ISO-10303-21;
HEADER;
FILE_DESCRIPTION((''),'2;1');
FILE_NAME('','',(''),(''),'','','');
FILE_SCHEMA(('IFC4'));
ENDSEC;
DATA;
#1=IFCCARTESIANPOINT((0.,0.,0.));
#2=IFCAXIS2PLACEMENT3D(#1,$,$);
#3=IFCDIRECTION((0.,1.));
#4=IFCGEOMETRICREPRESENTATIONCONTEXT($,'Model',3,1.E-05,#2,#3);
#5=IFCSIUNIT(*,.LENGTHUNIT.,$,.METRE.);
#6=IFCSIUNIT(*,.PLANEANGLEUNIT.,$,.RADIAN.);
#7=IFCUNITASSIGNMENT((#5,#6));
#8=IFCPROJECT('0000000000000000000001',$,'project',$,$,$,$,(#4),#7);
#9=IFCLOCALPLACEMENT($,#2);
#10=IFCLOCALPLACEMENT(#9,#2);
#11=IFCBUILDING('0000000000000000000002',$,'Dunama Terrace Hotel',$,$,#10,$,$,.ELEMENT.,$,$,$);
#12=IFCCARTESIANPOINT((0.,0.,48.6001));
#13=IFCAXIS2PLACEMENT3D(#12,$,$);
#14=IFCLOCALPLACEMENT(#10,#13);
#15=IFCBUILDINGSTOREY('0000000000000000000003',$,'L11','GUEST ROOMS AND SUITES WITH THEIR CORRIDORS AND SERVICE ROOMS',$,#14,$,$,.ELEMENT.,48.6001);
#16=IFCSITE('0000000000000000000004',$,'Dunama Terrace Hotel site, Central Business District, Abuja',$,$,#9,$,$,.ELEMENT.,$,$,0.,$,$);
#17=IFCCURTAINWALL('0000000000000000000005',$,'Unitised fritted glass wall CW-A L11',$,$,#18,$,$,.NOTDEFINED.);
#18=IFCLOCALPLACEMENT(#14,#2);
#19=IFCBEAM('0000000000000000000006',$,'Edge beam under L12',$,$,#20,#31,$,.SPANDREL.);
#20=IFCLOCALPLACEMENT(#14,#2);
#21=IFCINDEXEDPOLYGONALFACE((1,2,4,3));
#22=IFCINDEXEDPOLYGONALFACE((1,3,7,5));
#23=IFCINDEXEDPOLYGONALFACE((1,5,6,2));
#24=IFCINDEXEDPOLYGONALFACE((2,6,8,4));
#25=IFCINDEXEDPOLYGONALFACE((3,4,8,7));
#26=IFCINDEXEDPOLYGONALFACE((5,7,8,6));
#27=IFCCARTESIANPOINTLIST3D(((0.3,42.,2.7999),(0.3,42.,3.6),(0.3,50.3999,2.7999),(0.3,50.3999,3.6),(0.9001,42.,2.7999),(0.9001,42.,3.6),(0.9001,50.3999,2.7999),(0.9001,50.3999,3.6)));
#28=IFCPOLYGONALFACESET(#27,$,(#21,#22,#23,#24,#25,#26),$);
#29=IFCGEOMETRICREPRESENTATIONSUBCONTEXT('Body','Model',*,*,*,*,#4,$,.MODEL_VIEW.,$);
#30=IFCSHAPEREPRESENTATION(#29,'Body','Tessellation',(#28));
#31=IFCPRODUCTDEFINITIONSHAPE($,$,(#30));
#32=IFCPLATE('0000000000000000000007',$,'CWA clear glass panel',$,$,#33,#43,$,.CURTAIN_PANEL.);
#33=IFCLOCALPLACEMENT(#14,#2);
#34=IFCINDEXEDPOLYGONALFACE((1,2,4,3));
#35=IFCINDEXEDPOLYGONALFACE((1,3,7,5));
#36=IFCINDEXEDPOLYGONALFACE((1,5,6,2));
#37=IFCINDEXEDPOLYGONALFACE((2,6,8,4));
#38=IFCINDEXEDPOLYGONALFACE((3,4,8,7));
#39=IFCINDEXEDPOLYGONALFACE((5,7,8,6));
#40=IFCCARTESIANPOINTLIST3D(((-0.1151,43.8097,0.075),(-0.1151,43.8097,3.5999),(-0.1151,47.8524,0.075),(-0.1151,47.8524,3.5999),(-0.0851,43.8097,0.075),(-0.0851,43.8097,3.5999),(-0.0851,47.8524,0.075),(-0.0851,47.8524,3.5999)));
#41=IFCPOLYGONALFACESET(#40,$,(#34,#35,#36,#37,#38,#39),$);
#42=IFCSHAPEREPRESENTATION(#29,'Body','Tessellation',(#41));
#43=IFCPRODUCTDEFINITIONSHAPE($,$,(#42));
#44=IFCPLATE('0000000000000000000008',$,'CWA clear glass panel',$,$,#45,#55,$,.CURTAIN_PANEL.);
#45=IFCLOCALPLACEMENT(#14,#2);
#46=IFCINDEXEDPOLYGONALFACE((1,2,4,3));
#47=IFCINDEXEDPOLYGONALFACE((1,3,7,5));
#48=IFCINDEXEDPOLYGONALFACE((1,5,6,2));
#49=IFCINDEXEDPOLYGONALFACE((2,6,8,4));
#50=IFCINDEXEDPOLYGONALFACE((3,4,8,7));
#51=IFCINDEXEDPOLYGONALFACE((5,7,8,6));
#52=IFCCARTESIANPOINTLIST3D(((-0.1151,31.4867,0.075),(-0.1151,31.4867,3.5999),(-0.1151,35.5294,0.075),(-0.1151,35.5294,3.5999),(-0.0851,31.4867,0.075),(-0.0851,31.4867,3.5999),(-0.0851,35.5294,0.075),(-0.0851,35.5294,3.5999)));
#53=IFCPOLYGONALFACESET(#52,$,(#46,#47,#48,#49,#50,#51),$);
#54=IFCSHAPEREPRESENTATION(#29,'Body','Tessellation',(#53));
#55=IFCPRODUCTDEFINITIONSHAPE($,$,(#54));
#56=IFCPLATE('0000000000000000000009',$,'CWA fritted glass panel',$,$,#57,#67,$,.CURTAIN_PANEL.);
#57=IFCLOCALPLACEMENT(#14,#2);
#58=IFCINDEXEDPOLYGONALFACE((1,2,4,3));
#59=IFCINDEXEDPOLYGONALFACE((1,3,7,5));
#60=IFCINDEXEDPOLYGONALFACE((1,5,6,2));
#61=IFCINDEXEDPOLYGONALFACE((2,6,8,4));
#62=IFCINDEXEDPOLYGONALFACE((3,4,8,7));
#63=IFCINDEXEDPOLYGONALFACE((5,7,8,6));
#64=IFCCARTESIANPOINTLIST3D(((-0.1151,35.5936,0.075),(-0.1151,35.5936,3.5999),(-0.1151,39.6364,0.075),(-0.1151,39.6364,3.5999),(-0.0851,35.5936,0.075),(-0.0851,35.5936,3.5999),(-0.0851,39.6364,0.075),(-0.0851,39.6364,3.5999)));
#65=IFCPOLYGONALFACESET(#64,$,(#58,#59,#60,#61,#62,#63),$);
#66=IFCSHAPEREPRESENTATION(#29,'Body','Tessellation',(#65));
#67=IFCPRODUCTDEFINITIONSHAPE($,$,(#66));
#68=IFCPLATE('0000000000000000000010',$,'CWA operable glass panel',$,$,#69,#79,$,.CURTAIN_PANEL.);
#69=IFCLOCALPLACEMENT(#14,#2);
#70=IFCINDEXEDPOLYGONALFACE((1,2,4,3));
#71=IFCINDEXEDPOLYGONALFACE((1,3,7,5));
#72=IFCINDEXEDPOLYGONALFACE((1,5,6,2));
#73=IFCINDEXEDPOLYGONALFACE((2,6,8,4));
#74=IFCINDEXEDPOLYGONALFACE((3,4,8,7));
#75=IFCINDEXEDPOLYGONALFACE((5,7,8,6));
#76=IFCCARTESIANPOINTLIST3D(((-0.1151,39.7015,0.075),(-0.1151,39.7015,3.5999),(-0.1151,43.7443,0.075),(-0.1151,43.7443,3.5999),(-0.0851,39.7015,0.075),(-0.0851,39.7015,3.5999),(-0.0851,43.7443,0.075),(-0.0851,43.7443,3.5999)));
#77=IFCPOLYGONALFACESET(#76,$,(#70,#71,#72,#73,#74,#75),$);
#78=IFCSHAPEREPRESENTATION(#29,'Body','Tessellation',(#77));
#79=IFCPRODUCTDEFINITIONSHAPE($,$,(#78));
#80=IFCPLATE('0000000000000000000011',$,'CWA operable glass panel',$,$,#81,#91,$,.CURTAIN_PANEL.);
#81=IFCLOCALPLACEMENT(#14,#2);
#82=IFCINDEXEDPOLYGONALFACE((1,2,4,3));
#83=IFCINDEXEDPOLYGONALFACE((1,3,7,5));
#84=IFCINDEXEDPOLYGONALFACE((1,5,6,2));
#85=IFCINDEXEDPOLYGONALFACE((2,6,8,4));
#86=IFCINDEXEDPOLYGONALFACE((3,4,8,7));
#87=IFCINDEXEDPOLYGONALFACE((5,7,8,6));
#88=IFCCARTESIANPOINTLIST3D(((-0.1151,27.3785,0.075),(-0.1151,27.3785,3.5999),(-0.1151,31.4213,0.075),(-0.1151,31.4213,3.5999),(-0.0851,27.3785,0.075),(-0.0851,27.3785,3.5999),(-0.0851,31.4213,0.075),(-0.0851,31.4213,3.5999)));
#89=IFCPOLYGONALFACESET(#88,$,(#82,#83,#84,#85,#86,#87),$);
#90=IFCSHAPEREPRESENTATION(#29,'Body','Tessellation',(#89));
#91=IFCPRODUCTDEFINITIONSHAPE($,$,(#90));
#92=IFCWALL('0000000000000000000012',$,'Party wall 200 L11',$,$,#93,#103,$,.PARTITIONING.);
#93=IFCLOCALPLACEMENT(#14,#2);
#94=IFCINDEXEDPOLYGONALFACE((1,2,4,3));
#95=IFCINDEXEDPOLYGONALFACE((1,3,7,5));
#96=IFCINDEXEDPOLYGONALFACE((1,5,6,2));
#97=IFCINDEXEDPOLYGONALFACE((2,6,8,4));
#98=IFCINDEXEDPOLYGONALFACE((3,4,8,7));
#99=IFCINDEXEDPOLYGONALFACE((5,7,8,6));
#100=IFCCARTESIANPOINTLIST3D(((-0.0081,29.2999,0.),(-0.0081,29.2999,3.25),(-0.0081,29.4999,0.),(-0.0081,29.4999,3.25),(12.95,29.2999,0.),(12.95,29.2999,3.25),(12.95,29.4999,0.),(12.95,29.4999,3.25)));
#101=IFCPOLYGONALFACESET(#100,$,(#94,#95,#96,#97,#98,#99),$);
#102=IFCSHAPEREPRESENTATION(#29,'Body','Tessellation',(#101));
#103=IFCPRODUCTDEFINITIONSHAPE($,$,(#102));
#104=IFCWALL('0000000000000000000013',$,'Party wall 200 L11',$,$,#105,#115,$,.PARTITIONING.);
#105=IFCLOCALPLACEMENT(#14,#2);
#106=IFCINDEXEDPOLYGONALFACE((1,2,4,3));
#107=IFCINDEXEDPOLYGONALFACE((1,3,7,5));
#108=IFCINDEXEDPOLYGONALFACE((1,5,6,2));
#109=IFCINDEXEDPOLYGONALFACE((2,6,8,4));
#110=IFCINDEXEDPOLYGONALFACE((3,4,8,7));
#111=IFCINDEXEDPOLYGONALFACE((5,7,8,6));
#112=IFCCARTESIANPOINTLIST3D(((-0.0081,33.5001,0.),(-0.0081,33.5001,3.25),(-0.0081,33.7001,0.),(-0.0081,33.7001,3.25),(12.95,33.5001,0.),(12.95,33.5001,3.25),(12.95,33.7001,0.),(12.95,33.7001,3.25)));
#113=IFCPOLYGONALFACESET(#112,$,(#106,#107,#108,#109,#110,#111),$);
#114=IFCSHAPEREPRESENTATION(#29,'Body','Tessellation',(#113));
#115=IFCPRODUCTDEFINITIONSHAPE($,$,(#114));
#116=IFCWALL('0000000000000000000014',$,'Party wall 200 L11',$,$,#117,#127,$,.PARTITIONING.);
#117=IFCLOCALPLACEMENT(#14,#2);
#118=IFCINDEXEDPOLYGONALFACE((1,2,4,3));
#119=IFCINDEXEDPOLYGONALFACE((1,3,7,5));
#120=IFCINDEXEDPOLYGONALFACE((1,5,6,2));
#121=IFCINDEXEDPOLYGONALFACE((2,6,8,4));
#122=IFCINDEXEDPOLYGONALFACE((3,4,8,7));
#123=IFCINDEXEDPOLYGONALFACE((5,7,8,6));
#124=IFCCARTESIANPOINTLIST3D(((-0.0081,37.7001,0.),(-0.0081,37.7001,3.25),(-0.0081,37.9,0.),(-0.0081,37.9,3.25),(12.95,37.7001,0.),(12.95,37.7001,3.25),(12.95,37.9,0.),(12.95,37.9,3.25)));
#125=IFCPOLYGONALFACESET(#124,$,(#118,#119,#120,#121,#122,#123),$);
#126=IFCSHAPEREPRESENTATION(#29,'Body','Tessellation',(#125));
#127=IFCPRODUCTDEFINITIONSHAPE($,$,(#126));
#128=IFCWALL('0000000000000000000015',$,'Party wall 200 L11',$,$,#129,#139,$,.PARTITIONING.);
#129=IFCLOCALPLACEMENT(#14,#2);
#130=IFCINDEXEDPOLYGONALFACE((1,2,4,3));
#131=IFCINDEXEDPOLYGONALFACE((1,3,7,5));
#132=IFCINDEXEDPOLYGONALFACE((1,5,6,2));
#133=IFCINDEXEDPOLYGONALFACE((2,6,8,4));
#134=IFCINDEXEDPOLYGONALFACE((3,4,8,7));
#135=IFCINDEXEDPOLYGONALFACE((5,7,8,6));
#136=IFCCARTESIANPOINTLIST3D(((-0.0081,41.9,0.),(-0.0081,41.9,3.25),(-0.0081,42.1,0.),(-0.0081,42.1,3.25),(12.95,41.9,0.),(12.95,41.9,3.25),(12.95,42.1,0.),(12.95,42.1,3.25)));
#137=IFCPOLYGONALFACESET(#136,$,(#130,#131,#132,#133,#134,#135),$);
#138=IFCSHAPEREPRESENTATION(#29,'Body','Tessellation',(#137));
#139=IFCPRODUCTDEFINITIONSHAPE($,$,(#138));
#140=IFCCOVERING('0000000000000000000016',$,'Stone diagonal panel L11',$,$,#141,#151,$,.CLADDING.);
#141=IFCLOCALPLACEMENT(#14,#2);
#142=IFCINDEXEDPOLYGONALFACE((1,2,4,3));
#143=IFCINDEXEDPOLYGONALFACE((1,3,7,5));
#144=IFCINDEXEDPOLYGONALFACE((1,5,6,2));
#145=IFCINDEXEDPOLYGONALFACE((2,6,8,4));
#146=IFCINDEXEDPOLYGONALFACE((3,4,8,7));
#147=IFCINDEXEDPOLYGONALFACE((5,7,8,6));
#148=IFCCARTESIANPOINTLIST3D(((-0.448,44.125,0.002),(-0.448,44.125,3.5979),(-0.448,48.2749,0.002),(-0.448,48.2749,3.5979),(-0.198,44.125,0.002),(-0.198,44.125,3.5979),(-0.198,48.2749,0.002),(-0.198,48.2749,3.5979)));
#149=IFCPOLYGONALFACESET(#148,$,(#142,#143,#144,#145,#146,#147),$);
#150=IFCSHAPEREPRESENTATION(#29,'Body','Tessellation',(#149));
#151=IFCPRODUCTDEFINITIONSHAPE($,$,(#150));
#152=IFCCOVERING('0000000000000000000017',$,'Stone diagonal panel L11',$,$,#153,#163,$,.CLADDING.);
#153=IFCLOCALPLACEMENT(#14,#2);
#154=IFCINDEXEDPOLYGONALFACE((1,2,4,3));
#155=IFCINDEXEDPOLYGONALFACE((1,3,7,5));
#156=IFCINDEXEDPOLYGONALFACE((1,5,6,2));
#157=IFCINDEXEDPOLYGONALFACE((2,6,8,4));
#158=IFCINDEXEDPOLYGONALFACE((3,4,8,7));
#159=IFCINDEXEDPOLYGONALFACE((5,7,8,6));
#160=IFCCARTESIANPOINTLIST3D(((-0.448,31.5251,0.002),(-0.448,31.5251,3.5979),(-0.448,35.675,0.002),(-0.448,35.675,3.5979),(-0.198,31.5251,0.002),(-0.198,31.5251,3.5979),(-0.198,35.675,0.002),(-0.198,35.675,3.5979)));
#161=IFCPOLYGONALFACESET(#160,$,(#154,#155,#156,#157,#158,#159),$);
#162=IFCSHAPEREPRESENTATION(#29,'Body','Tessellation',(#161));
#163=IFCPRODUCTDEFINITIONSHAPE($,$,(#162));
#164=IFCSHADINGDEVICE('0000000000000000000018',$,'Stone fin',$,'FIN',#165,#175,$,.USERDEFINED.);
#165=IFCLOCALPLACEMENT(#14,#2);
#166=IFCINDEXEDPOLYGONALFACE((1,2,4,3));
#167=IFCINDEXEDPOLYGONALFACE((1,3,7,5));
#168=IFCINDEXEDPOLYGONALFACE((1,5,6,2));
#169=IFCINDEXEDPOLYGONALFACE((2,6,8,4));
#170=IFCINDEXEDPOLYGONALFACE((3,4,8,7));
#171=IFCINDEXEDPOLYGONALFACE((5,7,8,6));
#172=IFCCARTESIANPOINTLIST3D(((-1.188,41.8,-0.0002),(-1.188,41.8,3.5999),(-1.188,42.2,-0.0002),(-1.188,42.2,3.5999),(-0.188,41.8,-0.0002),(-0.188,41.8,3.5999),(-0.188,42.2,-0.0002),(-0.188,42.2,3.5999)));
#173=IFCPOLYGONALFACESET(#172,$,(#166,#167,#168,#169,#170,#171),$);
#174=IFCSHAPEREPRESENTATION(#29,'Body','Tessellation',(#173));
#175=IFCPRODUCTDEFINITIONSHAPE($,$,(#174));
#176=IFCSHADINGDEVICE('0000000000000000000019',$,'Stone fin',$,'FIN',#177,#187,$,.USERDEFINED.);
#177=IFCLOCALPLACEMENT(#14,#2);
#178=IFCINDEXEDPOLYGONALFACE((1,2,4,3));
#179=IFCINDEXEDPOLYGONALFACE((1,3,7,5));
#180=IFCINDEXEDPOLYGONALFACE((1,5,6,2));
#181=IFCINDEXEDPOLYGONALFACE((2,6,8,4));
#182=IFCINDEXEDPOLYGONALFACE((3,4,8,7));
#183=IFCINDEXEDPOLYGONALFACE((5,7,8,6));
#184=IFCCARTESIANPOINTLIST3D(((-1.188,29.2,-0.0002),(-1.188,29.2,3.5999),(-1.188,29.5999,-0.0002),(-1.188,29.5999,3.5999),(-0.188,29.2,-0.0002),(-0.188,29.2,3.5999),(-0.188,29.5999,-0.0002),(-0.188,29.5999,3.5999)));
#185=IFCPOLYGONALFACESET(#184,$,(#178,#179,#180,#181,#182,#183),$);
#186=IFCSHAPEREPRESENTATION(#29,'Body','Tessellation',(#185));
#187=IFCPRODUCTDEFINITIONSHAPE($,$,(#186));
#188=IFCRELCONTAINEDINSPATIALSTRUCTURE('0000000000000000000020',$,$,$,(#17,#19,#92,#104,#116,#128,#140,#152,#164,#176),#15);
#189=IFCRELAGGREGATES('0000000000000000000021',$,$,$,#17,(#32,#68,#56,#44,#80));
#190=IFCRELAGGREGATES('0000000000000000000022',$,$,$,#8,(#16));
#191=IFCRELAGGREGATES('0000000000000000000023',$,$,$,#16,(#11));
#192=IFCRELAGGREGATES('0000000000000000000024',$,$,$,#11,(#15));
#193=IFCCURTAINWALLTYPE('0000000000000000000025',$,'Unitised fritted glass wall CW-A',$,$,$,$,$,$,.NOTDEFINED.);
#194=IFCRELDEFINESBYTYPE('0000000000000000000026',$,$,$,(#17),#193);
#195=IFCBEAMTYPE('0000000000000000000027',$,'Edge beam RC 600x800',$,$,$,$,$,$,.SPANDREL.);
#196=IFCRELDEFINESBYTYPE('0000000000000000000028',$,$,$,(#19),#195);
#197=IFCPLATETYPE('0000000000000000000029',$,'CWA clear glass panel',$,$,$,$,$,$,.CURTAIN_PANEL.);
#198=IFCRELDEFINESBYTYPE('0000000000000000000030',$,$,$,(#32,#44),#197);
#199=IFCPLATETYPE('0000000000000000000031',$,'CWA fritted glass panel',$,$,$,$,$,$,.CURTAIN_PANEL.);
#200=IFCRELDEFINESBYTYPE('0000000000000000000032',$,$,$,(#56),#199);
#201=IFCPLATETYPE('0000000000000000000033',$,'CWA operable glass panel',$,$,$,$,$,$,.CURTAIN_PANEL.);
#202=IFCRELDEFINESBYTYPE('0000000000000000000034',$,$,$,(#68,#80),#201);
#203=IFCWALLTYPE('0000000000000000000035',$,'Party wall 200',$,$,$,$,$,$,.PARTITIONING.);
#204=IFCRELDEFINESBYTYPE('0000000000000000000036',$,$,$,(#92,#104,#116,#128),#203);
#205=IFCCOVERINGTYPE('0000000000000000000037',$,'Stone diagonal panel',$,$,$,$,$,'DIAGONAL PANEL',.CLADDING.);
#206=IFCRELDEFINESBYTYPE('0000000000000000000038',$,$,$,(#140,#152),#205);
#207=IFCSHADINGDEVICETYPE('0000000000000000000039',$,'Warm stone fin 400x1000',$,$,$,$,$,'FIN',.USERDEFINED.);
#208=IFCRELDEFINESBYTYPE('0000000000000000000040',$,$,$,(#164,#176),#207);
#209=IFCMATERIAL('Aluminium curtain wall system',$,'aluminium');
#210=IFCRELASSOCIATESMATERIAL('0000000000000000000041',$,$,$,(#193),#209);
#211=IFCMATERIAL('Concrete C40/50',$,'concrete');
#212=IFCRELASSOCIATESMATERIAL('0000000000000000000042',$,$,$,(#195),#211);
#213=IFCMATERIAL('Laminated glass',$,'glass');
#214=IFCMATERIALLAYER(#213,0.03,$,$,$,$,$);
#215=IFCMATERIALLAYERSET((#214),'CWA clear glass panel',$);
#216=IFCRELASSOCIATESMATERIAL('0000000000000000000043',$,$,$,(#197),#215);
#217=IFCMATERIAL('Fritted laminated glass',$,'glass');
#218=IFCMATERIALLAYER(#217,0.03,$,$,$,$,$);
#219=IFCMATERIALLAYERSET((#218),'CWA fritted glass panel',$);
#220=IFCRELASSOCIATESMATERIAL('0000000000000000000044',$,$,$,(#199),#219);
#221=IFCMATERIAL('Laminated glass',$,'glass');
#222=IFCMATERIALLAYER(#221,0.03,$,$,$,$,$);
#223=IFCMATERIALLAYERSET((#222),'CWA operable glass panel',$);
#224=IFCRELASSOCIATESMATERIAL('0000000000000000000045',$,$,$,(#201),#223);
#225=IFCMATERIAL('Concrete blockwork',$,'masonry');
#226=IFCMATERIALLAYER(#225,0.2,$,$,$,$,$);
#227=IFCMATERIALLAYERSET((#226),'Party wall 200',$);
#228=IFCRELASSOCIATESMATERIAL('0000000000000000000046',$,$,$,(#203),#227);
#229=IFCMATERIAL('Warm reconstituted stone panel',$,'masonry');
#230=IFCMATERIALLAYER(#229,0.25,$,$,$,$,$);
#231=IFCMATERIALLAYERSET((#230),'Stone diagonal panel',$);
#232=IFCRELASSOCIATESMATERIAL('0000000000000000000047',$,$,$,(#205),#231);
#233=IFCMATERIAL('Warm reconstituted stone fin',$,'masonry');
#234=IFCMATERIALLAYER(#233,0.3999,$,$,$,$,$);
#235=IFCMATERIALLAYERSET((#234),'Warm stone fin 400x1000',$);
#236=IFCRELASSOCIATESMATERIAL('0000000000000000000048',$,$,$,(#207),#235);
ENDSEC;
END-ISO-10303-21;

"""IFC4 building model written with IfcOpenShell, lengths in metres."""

from ifc_helpers import new_model, si_unit, direction, frame, frame_2d, origin, origin_2d, place, context, subcontext, project, spatial, rectangle, extrude, material, layer, layer_set, material_profile, profile_set, type_object, element, aggregate, save


model = new_model("IFC4")

# Units and contexts
model_context = context("Model", 3, precision=1e-05, world=origin(), true_north=direction((0.0, 1.0)))
body_context = subcontext(model_context, "Body", "Model", "MODEL_VIEW")
ifc_project = project(units=[si_unit("LENGTHUNIT", "METRE"), si_unit("PLANEANGLEUNIT", "RADIAN")], contexts=[model_context])

# Site, building, storey
site_placement = place(None, origin())
site = spatial("IfcSite", under=ifc_project, at=site_placement, Name="Dunama Terrace Hotel site, Central Business District, Abuja", CompositionType="ELEMENT", RefElevation=0.0)
building_placement = place(site_placement, origin())
building = spatial("IfcBuilding", under=site, at=building_placement, Name="Dunama Terrace Hotel", CompositionType="ELEMENT")
storey_placement = place(building_placement, frame((0.0, 0.0, 48.6001)))
storey = spatial("IfcBuildingStorey", under=building, at=storey_placement, Name="L11", Description="GUEST ROOMS AND SUITES WITH THEIR CORRIDORS AND SERVICE ROOMS", CompositionType="ELEMENT", Elevation=48.6001)

# Curtain wall
ifc_material_1 = material(Name="Aluminium curtain wall system", Category="aluminium")
curtain_wall_type = type_object("IfcCurtainWallType", Name="Unitised fritted glass wall CW-A", PredefinedType="NOTDEFINED", material=ifc_material_1)
curtain_wall_placement = place(storey_placement, origin())
curtain_wall = element("IfcCurtainWall", 1, at=curtain_wall_placement, inside=storey, type_object=curtain_wall_type, Name="Unitised fritted glass wall CW-A L11", PredefinedType="NOTDEFINED")

# Beam
ifc_material_2 = material(Name="Concrete C40/50", Category="concrete")
ifc_material_profile_1 = material_profile(ifc_material_2, rectangle(XDim=0.6001, YDim=0.8, at=origin_2d()), Name="RC 600x800")
ifc_profile_set_1 = profile_set([ifc_material_profile_1], Name="Concrete C40/50")
beam_type = type_object("IfcBeamType", Name="Edge beam RC 600x800", PredefinedType="SPANDREL", material=ifc_profile_set_1)
for number, where, z_axis, x_axis, name in (
    (2, (0.6001, 42.0, 3.2), (0.0, 1.0, 0.0), (-1.0, 0.0, 0.0), "Edge beam under L12"),
):
    element("IfcBeam", number, at=place(storey_placement, frame(where, z_axis=z_axis, x_axis=x_axis)), inside=storey, type_object=beam_type, Name=name, PredefinedType="SPANDREL", context=body_context, shape_type="SweptSolid", body=[
        extrude(rectangle(XDim=0.6001, YDim=0.8, at=origin_2d()), origin(), (0.0, 0.0, 1.0), 8.3999),
    ])

# Plates
ifc_material_3 = material(Name="Laminated glass", Category="glass")
ifc_layer_1 = layer(ifc_material_3, 0.03)
ifc_layer_set_1 = layer_set([ifc_layer_1], Name="CWA clear glass panel")
plate_type_1 = type_object("IfcPlateType", Name="CWA clear glass panel", PredefinedType="CURTAIN_PANEL", material=ifc_layer_set_1)
plate_1_placement = place(storey_placement, frame((-0.1001, 45.8311, 0.075), z_axis=(0.0, 0.0, 1.0), x_axis=(0.0, -1.0, 0.0)))
plate_1 = element("IfcPlate", 3, at=plate_1_placement, type_object=plate_type_1, Name="CWA clear glass panel", PredefinedType="CURTAIN_PANEL", context=body_context, shape_type="SweptSolid", body=[
    extrude(rectangle(XDim=4.0427, YDim=0.03, at=origin_2d()), origin(), (0.0, 0.0, 1.0), 3.5249),
])
plate_2_placement = place(storey_placement, frame((-0.1001, 33.5081, 0.075), z_axis=(0.0, 0.0, 1.0), x_axis=(0.0, -1.0, 0.0)))
plate_2 = element("IfcPlate", 4, at=plate_2_placement, type_object=plate_type_1, Name="CWA clear glass panel", PredefinedType="CURTAIN_PANEL", context=body_context, shape_type="SweptSolid", body=[
    extrude(rectangle(XDim=4.0427, YDim=0.03, at=origin_2d()), origin(), (0.0, 0.0, 1.0), 3.5249),
])
ifc_material_4 = material(Name="Fritted laminated glass", Category="glass")
ifc_layer_2 = layer(ifc_material_4, 0.03)
ifc_layer_set_2 = layer_set([ifc_layer_2], Name="CWA fritted glass panel")
plate_type_2 = type_object("IfcPlateType", Name="CWA fritted glass panel", PredefinedType="CURTAIN_PANEL", material=ifc_layer_set_2)
plate_3_placement = place(storey_placement, frame((-0.1001, 37.615, 0.075), z_axis=(0.0, 0.0, 1.0), x_axis=(0.0, -1.0, 0.0)))
plate_3 = element("IfcPlate", 5, at=plate_3_placement, type_object=plate_type_2, Name="CWA fritted glass panel", PredefinedType="CURTAIN_PANEL", context=body_context, shape_type="SweptSolid", body=[
    extrude(rectangle(XDim=4.0427, YDim=0.03, at=origin_2d()), origin(), (0.0, 0.0, 1.0), 3.5249),
])
ifc_material_5 = material(Name="Laminated glass", Category="glass")
ifc_layer_3 = layer(ifc_material_5, 0.03)
ifc_layer_set_3 = layer_set([ifc_layer_3], Name="CWA operable glass panel")
plate_type_3 = type_object("IfcPlateType", Name="CWA operable glass panel", PredefinedType="CURTAIN_PANEL", material=ifc_layer_set_3)
plate_4_placement = place(storey_placement, frame((-0.1001, 41.7229, 0.075), z_axis=(0.0, 0.0, 1.0), x_axis=(0.0, -1.0, 0.0)))
plate_4 = element("IfcPlate", 6, at=plate_4_placement, type_object=plate_type_3, Name="CWA operable glass panel", PredefinedType="CURTAIN_PANEL", context=body_context, shape_type="SweptSolid", body=[
    extrude(rectangle(XDim=4.0427, YDim=0.03, at=origin_2d()), origin(), (0.0, 0.0, 1.0), 3.5249),
])
plate_5_placement = place(storey_placement, frame((-0.1001, 29.3999, 0.075), z_axis=(0.0, 0.0, 1.0), x_axis=(0.0, -1.0, 0.0)))
plate_5 = element("IfcPlate", 7, at=plate_5_placement, type_object=plate_type_3, Name="CWA operable glass panel", PredefinedType="CURTAIN_PANEL", context=body_context, shape_type="SweptSolid", body=[
    extrude(rectangle(XDim=4.0427, YDim=0.03, at=origin_2d()), origin(), (0.0, 0.0, 1.0), 3.5249),
])
aggregate(curtain_wall, [plate_1, plate_4, plate_3, plate_2, plate_5])

# Walls
ifc_material_6 = material(Name="Concrete blockwork", Category="masonry")
ifc_layer_4 = layer(ifc_material_6, 0.2)
ifc_layer_set_4 = layer_set([ifc_layer_4], Name="Party wall 200")
wall_type = type_object("IfcWallType", Name="Party wall 200", PredefinedType="PARTITIONING", material=ifc_layer_set_4)
for number, where, z_axis, x_axis, name in (
    (8, (-0.0081, 29.3999, 0.0), (0.0, 0.0, 1.0), (1.0, 0.0, 0.0), "Party wall 200 L11"),
    (9, (-0.0081, 33.6001, 0.0), (0.0, 0.0, 1.0), (1.0, 0.0, 0.0), "Party wall 200 L11"),
    (10, (-0.0081, 37.8, 0.0), (0.0, 0.0, 1.0), (1.0, 0.0, 0.0), "Party wall 200 L11"),
    (11, (-0.0081, 42.0, 0.0), (0.0, 0.0, 1.0), (1.0, 0.0, 0.0), "Party wall 200 L11"),
):
    element("IfcWall", number, at=place(storey_placement, frame(where, z_axis=z_axis, x_axis=x_axis)), inside=storey, type_object=wall_type, Name=name, PredefinedType="PARTITIONING", context=body_context, shape_type="SweptSolid", body=[
        extrude(rectangle(XDim=12.958, YDim=0.2, at=frame_2d((6.479, 0.0))), origin(), (0.0, 0.0, 1.0), 3.25),
    ])

# Coverings
ifc_material_7 = material(Name="Warm reconstituted stone panel", Category="masonry")
ifc_layer_5 = layer(ifc_material_7, 0.25)
ifc_layer_set_5 = layer_set([ifc_layer_5], Name="Stone diagonal panel")
covering_type = type_object("IfcCoveringType", Name="Stone diagonal panel", ElementType="DIAGONAL PANEL", PredefinedType="CLADDING", material=ifc_layer_set_5)
for number, where, z_axis, x_axis, name in (
    (12, (-0.323, 46.2, 0.002), (0.0, 0.0, 1.0), (0.0, -1.0, 0.0), "Stone diagonal panel L11"),
    (13, (-0.323, 33.6001, 0.002), (0.0, 0.0, 1.0), (0.0, -1.0, 0.0), "Stone diagonal panel L11"),
):
    element("IfcCovering", number, at=place(storey_placement, frame(where, z_axis=z_axis, x_axis=x_axis)), inside=storey, type_object=covering_type, Name=name, PredefinedType="CLADDING", context=body_context, shape_type="SweptSolid", body=[
        extrude(rectangle(XDim=4.1499, YDim=0.25, at=origin_2d()), origin(), (0.0, 0.0, 1.0), 3.5959),
    ])

# Shading devices
ifc_material_8 = material(Name="Warm reconstituted stone fin", Category="masonry")
ifc_layer_6 = layer(ifc_material_8, 0.3999)
ifc_layer_set_6 = layer_set([ifc_layer_6], Name="Warm stone fin 400x1000")
shading_device_type = type_object("IfcShadingDeviceType", Name="Warm stone fin 400x1000", ElementType="FIN", PredefinedType="USERDEFINED", material=ifc_layer_set_6)
for number, where, z_axis, x_axis, name in (
    (14, (-0.688, 42.0, -0.0002), (0.0, 0.0, 1.0), (0.0, -1.0, 0.0), "Stone fin"),
    (15, (-0.688, 29.3999, -0.0002), (0.0, 0.0, 1.0), (0.0, -1.0, 0.0), "Stone fin"),
):
    element("IfcShadingDevice", number, at=place(storey_placement, frame(where, z_axis=z_axis, x_axis=x_axis)), inside=storey, type_object=shading_device_type, Name=name, ObjectType="FIN", PredefinedType="USERDEFINED", context=body_context, shape_type="SweptSolid", body=[
        extrude(rectangle(XDim=0.3999, YDim=1.0, at=origin_2d()), origin(), (0.0, 0.0, 1.0), 3.6001),
    ])

save(model, "model.ifc")
